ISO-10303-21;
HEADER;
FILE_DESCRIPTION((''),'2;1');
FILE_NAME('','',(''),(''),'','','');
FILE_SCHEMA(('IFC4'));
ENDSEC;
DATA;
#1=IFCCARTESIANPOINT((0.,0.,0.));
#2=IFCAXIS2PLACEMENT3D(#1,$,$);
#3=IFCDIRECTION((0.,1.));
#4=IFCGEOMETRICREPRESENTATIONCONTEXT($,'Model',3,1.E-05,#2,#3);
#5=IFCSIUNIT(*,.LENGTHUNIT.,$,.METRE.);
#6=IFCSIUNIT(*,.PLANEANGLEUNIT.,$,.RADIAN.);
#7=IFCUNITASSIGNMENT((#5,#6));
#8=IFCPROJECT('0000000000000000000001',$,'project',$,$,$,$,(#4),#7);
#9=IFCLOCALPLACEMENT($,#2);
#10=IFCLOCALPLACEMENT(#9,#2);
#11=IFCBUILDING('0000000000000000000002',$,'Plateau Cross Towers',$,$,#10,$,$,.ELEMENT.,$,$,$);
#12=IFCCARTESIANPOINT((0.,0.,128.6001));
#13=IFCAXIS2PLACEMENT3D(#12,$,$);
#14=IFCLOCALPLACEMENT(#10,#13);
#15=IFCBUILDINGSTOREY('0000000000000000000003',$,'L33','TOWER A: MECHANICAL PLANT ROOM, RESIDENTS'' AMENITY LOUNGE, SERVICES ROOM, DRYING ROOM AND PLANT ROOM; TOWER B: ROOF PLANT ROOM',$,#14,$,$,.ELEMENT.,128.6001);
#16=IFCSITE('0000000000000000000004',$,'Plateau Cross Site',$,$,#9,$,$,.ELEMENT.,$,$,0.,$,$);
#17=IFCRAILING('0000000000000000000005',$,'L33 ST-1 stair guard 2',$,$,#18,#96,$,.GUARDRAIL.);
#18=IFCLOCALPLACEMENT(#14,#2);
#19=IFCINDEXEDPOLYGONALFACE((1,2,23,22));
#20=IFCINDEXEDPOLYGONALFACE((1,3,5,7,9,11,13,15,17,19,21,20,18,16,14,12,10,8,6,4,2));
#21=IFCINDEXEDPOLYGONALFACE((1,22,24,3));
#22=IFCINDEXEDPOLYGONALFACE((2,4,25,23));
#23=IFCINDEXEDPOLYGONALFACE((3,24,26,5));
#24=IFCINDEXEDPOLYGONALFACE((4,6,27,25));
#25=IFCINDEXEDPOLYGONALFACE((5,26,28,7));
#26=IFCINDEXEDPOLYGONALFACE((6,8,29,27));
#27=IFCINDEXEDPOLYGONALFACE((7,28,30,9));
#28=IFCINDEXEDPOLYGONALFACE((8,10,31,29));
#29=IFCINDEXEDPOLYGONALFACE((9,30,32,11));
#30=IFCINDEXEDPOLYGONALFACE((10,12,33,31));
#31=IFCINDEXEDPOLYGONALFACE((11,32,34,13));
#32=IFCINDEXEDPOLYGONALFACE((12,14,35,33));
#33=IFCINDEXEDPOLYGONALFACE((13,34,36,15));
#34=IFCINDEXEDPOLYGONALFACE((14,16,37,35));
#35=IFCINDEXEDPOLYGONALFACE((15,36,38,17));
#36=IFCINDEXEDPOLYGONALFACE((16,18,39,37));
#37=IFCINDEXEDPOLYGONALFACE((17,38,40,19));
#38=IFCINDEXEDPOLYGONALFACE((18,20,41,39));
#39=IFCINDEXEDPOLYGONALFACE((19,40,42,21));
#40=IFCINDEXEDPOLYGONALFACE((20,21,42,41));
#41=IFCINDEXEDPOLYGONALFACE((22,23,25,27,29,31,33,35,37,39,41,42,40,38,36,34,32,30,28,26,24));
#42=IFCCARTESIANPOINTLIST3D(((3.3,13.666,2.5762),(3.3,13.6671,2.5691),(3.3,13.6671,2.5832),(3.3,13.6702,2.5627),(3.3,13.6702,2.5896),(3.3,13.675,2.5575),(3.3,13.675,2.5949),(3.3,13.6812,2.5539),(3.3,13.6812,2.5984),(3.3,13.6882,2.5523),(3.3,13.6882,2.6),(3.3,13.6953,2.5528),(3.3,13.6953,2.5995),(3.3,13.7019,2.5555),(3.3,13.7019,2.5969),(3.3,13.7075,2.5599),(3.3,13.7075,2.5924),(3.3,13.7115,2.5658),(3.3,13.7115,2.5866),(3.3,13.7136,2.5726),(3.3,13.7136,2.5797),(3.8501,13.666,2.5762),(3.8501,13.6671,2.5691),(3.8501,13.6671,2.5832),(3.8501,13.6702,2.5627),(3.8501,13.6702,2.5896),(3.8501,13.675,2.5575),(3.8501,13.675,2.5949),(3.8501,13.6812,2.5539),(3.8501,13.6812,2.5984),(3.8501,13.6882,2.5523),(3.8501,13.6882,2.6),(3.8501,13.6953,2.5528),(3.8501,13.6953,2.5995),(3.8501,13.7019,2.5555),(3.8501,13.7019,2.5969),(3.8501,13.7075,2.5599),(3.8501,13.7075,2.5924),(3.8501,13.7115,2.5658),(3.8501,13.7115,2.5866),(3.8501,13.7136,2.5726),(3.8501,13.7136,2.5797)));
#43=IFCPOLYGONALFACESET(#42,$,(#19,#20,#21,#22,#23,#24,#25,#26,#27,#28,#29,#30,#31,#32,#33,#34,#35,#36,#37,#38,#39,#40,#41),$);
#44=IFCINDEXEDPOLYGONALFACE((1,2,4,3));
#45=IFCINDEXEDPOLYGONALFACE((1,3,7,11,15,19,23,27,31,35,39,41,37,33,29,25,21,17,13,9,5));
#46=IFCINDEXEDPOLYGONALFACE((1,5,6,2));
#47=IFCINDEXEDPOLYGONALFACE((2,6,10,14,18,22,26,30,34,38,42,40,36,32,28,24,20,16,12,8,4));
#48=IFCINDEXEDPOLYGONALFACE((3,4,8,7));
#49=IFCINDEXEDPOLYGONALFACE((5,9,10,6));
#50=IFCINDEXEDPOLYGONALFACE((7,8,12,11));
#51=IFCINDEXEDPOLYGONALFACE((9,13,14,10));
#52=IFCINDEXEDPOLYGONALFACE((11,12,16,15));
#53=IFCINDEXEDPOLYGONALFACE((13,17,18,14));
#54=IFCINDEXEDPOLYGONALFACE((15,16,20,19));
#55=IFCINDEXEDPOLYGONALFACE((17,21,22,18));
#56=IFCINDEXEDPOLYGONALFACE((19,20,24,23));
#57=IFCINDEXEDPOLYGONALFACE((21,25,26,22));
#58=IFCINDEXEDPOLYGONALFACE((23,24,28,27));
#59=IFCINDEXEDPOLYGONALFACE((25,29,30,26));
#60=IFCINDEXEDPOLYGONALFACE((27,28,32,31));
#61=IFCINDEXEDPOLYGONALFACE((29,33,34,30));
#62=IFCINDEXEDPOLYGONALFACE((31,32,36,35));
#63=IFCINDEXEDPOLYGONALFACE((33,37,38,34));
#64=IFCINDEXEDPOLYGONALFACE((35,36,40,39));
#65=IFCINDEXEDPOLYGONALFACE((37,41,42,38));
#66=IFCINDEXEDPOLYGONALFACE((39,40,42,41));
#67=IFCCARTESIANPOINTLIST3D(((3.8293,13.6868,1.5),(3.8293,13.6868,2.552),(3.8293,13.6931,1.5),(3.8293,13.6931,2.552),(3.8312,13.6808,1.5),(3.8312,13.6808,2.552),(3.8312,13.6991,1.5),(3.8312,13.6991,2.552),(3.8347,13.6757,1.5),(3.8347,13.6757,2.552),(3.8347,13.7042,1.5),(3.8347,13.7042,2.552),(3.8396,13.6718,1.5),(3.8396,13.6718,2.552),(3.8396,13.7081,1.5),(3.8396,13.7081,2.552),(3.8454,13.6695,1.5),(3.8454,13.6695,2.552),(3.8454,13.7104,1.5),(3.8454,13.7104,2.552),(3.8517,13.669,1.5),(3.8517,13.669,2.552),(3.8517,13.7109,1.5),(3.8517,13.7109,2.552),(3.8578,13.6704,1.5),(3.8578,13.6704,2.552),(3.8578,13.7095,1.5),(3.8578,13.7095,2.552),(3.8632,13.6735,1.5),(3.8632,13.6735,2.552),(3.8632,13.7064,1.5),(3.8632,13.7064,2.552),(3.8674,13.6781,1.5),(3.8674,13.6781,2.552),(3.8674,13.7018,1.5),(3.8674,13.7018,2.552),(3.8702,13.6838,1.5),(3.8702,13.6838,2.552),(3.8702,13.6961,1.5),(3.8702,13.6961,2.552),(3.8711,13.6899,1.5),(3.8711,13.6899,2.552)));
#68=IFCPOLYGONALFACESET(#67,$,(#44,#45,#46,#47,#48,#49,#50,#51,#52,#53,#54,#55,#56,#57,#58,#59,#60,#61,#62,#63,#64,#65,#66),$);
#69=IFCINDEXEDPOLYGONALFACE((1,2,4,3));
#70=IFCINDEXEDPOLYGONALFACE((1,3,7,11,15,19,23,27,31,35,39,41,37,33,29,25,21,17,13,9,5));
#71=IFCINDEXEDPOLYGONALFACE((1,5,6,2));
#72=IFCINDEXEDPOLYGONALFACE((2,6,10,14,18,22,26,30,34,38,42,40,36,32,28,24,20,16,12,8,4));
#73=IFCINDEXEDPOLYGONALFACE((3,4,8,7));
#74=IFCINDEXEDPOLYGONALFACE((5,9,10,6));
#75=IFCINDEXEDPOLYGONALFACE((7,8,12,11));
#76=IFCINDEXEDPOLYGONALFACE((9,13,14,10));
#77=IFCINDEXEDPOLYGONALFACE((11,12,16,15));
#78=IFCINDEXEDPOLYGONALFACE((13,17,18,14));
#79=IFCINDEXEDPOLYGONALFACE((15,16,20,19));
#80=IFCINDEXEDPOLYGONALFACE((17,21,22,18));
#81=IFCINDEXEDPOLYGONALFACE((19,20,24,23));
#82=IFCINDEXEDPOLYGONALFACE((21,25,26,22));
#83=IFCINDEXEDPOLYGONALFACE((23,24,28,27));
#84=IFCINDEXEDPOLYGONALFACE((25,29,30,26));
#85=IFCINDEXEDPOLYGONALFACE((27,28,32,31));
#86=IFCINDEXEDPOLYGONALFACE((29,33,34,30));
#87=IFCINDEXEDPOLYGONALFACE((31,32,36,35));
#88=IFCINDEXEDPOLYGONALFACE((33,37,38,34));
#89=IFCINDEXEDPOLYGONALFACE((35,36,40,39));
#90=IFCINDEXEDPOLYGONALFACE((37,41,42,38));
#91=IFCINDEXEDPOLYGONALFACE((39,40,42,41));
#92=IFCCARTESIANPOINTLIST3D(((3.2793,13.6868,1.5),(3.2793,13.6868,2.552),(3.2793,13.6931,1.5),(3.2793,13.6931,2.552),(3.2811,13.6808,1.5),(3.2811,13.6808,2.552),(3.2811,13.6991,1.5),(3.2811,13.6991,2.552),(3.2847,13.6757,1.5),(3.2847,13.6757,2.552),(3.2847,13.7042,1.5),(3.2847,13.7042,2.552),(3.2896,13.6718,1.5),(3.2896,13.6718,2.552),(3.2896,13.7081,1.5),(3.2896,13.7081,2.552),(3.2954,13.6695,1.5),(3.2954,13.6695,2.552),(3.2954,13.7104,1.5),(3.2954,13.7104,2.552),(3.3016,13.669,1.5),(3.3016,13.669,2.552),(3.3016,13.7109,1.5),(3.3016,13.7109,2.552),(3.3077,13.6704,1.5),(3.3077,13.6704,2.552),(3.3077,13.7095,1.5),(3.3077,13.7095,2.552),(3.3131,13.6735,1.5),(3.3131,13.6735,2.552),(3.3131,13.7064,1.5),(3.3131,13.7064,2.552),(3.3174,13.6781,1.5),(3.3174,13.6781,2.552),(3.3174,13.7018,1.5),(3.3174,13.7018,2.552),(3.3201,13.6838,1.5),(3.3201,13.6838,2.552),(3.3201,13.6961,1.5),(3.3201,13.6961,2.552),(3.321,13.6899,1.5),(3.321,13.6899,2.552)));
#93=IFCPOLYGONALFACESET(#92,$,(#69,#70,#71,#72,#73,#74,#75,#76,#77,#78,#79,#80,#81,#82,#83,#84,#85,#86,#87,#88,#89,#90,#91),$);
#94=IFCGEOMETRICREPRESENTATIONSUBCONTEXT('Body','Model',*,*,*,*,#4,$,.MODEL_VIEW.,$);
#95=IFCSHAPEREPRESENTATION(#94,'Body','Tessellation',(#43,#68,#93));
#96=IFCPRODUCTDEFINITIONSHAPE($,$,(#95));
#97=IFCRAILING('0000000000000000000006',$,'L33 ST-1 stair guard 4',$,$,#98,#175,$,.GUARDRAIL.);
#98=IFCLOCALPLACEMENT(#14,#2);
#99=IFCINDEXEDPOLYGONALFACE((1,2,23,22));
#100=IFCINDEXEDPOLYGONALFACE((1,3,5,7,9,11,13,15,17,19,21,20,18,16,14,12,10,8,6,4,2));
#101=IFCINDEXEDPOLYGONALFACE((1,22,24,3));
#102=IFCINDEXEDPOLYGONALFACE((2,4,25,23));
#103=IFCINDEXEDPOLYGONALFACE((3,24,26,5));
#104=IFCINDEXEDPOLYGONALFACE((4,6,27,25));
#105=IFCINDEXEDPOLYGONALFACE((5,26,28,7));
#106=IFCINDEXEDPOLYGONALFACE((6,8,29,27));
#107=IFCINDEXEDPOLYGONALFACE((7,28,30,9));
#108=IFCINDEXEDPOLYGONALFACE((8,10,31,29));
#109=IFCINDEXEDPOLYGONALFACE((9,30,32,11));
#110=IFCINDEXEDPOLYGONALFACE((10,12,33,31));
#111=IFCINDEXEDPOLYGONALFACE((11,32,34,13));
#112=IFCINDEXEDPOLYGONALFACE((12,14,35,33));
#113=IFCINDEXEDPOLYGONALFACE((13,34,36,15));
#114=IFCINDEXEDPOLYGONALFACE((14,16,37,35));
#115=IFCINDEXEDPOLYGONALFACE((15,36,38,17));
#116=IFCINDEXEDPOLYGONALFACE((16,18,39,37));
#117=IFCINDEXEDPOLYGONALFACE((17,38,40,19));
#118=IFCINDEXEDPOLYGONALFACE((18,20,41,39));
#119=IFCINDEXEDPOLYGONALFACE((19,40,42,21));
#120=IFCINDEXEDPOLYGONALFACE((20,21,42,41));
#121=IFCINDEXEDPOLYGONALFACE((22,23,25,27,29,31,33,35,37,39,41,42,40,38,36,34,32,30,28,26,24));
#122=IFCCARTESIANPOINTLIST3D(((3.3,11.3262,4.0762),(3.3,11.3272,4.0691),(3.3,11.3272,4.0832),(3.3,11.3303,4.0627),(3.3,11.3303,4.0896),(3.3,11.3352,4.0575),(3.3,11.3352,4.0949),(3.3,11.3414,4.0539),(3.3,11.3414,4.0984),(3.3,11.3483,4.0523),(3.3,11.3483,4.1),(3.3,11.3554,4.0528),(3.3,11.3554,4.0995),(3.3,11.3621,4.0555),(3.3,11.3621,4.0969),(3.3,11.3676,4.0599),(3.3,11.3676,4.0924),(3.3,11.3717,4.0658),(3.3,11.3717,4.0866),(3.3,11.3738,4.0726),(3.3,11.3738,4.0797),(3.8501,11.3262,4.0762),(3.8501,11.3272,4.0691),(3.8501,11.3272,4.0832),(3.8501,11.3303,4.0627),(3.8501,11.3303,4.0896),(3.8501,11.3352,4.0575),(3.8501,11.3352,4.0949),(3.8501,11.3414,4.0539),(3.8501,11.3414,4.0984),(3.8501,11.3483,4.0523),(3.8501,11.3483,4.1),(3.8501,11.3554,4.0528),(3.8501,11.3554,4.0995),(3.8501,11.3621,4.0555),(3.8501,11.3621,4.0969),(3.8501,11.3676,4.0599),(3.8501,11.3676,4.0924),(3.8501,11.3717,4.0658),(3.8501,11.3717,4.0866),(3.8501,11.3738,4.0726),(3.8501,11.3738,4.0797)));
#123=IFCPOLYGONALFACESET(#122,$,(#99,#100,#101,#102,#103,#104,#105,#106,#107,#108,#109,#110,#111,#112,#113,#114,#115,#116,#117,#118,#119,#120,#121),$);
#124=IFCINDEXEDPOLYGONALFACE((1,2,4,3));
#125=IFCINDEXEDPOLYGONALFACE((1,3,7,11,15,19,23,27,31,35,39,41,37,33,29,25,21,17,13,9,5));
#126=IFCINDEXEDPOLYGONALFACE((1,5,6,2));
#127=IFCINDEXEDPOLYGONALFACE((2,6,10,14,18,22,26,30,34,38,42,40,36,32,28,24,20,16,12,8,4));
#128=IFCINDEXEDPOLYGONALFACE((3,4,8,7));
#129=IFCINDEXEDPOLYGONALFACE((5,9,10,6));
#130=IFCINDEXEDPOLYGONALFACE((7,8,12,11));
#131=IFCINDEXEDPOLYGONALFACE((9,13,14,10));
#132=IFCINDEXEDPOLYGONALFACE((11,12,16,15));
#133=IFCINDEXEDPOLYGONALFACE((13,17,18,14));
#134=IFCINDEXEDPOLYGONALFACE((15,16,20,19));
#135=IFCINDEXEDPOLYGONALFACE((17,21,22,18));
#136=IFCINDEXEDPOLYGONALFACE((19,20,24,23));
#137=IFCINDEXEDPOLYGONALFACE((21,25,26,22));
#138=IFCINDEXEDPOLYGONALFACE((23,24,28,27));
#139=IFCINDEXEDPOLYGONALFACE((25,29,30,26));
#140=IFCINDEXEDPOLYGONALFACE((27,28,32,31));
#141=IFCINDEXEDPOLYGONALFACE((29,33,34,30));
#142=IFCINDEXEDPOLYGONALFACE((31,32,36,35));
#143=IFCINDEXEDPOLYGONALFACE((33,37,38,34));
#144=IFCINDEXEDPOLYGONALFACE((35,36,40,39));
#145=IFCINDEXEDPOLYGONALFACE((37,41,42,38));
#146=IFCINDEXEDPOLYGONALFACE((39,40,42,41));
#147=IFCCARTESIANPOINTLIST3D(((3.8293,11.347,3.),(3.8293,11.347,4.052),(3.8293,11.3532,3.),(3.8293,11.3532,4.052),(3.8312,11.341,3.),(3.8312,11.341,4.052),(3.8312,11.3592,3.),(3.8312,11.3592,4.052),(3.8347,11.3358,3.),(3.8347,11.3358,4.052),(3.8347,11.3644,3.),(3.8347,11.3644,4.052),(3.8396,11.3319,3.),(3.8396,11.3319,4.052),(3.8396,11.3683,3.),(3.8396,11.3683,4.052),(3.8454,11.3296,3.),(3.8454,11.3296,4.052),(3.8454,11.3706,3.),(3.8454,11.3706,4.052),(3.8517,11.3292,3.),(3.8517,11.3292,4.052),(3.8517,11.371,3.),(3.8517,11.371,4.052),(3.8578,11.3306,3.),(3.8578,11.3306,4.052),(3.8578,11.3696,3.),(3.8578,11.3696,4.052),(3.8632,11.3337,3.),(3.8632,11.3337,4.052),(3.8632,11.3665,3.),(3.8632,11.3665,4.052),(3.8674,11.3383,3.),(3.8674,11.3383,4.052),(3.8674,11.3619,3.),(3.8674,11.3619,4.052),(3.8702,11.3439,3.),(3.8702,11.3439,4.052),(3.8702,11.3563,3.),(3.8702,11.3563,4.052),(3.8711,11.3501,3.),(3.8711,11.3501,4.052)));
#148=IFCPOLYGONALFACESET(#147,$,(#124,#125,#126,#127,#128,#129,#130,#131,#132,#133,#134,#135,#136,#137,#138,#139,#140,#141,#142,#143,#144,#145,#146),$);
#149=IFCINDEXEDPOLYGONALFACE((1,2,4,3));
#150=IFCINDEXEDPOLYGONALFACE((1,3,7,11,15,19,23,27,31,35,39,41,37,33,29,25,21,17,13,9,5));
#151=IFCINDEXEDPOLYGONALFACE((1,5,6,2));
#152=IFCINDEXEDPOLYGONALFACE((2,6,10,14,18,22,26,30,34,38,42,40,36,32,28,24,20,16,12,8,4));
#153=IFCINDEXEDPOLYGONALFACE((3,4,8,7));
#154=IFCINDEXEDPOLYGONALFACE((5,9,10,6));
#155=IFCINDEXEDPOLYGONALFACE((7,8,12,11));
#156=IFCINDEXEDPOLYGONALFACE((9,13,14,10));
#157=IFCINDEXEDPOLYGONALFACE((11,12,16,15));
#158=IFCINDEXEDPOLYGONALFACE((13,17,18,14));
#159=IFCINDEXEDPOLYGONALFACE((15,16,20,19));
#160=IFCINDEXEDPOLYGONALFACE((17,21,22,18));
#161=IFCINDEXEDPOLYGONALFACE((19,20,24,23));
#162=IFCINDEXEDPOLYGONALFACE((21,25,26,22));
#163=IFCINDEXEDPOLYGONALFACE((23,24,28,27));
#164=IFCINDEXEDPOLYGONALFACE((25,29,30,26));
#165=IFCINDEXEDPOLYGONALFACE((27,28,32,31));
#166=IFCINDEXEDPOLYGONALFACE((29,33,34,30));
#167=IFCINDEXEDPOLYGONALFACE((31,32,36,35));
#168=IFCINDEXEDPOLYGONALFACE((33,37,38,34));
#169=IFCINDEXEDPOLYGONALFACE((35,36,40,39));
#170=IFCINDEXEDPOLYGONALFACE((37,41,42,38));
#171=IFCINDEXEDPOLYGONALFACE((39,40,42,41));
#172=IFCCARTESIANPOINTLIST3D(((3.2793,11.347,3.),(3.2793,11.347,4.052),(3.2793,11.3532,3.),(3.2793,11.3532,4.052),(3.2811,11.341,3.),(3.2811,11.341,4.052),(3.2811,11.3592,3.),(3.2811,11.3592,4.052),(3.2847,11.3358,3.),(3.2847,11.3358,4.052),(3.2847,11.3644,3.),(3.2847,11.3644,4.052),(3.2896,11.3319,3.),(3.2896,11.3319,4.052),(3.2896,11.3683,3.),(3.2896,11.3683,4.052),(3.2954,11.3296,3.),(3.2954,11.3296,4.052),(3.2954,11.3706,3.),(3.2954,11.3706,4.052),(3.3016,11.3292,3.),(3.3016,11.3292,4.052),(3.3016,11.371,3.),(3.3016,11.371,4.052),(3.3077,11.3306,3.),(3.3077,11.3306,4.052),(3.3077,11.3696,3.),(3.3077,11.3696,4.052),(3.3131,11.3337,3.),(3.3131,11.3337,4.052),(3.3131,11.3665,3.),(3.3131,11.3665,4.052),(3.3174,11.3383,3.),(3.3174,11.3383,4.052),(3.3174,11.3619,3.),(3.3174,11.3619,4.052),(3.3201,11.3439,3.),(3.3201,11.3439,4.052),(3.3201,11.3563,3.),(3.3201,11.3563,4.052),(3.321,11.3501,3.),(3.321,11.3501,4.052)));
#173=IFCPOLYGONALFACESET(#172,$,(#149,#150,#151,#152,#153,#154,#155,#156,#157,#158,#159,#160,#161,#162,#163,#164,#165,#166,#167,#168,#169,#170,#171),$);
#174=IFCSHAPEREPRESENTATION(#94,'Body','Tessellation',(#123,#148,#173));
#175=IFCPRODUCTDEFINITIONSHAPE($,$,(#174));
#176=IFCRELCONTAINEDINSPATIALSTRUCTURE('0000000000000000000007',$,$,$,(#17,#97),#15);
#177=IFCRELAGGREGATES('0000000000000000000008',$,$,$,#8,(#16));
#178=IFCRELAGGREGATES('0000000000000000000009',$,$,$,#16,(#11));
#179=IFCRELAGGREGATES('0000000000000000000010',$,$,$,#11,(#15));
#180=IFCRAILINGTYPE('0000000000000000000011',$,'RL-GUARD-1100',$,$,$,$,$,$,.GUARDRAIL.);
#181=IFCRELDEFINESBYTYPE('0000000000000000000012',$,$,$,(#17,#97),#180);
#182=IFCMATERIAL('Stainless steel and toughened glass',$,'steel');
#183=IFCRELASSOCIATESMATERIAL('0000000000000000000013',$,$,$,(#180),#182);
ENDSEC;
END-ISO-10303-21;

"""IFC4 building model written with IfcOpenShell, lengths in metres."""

from ifc_helpers import new_model, si_unit, direction, frame, origin, origin_2d, place, context, subcontext, project, spatial, circle, extrude, material, type_object, element, save


model = new_model("IFC4")

# Units and contexts
model_context = context("Model", 3, precision=1e-05, world=origin(), true_north=direction((0.0, 1.0)))
body_context = subcontext(model_context, "Body", "Model", "MODEL_VIEW")
ifc_project = project(units=[si_unit("LENGTHUNIT", "METRE"), si_unit("PLANEANGLEUNIT", "RADIAN")], contexts=[model_context])

# Site, building, storey
site_placement = place(None, origin())
site = spatial("IfcSite", under=ifc_project, at=site_placement, Name="Plateau Cross Site", CompositionType="ELEMENT", RefElevation=0.0)
building_placement = place(site_placement, origin())
building = spatial("IfcBuilding", under=site, at=building_placement, Name="Plateau Cross Towers", CompositionType="ELEMENT")
storey_placement = place(building_placement, frame((0.0, 0.0, 128.6001)))
storey = spatial("IfcBuildingStorey", under=building, at=storey_placement, Name="L33", Description="TOWER A: MECHANICAL PLANT ROOM, RESIDENTS' AMENITY LOUNGE, SERVICES ROOM, DRYING ROOM AND PLANT ROOM; TOWER B: ROOF PLANT ROOM", CompositionType="ELEMENT", Elevation=128.6001)

# Railings
ifc_material_1 = material(Name="Stainless steel and toughened glass", Category="steel")
railing_type_1 = type_object("IfcRailingType", Name="RL-GUARD-1100", PredefinedType="GUARDRAIL", material=ifc_material_1)
for number, where, name in (
    (1, (3.8501, 13.6899, 1.5), "L33 ST-1 stair guard 2"),
    (2, (3.8501, 11.3501, 3.0), "L33 ST-1 stair guard 4"),
):
    element("IfcRailing", number, at=place(storey_placement, frame(where)), inside=storey, type_object=railing_type_1, Name=name, PredefinedType="GUARDRAIL", context=body_context, shape_type="SweptSolid", body=[
        extrude(circle(Radius=0.0239, at=origin_2d()), frame((0.0, 0.0, 1.0762), z_axis=(-1.0, 0.0, 0.0), x_axis=(0.0, -1.0, 0.0)), (0.0, 0.0, 1.0), 0.55),
        extrude(circle(Radius=0.021, at=origin_2d()), origin(), (0.0, 0.0, 1.0), 1.052),
        extrude(circle(Radius=0.021, at=origin_2d()), frame((-0.55, 0.0, 0.0)), (0.0, 0.0, 1.0), 1.052),
    ])

save(model, "model.ifc")
